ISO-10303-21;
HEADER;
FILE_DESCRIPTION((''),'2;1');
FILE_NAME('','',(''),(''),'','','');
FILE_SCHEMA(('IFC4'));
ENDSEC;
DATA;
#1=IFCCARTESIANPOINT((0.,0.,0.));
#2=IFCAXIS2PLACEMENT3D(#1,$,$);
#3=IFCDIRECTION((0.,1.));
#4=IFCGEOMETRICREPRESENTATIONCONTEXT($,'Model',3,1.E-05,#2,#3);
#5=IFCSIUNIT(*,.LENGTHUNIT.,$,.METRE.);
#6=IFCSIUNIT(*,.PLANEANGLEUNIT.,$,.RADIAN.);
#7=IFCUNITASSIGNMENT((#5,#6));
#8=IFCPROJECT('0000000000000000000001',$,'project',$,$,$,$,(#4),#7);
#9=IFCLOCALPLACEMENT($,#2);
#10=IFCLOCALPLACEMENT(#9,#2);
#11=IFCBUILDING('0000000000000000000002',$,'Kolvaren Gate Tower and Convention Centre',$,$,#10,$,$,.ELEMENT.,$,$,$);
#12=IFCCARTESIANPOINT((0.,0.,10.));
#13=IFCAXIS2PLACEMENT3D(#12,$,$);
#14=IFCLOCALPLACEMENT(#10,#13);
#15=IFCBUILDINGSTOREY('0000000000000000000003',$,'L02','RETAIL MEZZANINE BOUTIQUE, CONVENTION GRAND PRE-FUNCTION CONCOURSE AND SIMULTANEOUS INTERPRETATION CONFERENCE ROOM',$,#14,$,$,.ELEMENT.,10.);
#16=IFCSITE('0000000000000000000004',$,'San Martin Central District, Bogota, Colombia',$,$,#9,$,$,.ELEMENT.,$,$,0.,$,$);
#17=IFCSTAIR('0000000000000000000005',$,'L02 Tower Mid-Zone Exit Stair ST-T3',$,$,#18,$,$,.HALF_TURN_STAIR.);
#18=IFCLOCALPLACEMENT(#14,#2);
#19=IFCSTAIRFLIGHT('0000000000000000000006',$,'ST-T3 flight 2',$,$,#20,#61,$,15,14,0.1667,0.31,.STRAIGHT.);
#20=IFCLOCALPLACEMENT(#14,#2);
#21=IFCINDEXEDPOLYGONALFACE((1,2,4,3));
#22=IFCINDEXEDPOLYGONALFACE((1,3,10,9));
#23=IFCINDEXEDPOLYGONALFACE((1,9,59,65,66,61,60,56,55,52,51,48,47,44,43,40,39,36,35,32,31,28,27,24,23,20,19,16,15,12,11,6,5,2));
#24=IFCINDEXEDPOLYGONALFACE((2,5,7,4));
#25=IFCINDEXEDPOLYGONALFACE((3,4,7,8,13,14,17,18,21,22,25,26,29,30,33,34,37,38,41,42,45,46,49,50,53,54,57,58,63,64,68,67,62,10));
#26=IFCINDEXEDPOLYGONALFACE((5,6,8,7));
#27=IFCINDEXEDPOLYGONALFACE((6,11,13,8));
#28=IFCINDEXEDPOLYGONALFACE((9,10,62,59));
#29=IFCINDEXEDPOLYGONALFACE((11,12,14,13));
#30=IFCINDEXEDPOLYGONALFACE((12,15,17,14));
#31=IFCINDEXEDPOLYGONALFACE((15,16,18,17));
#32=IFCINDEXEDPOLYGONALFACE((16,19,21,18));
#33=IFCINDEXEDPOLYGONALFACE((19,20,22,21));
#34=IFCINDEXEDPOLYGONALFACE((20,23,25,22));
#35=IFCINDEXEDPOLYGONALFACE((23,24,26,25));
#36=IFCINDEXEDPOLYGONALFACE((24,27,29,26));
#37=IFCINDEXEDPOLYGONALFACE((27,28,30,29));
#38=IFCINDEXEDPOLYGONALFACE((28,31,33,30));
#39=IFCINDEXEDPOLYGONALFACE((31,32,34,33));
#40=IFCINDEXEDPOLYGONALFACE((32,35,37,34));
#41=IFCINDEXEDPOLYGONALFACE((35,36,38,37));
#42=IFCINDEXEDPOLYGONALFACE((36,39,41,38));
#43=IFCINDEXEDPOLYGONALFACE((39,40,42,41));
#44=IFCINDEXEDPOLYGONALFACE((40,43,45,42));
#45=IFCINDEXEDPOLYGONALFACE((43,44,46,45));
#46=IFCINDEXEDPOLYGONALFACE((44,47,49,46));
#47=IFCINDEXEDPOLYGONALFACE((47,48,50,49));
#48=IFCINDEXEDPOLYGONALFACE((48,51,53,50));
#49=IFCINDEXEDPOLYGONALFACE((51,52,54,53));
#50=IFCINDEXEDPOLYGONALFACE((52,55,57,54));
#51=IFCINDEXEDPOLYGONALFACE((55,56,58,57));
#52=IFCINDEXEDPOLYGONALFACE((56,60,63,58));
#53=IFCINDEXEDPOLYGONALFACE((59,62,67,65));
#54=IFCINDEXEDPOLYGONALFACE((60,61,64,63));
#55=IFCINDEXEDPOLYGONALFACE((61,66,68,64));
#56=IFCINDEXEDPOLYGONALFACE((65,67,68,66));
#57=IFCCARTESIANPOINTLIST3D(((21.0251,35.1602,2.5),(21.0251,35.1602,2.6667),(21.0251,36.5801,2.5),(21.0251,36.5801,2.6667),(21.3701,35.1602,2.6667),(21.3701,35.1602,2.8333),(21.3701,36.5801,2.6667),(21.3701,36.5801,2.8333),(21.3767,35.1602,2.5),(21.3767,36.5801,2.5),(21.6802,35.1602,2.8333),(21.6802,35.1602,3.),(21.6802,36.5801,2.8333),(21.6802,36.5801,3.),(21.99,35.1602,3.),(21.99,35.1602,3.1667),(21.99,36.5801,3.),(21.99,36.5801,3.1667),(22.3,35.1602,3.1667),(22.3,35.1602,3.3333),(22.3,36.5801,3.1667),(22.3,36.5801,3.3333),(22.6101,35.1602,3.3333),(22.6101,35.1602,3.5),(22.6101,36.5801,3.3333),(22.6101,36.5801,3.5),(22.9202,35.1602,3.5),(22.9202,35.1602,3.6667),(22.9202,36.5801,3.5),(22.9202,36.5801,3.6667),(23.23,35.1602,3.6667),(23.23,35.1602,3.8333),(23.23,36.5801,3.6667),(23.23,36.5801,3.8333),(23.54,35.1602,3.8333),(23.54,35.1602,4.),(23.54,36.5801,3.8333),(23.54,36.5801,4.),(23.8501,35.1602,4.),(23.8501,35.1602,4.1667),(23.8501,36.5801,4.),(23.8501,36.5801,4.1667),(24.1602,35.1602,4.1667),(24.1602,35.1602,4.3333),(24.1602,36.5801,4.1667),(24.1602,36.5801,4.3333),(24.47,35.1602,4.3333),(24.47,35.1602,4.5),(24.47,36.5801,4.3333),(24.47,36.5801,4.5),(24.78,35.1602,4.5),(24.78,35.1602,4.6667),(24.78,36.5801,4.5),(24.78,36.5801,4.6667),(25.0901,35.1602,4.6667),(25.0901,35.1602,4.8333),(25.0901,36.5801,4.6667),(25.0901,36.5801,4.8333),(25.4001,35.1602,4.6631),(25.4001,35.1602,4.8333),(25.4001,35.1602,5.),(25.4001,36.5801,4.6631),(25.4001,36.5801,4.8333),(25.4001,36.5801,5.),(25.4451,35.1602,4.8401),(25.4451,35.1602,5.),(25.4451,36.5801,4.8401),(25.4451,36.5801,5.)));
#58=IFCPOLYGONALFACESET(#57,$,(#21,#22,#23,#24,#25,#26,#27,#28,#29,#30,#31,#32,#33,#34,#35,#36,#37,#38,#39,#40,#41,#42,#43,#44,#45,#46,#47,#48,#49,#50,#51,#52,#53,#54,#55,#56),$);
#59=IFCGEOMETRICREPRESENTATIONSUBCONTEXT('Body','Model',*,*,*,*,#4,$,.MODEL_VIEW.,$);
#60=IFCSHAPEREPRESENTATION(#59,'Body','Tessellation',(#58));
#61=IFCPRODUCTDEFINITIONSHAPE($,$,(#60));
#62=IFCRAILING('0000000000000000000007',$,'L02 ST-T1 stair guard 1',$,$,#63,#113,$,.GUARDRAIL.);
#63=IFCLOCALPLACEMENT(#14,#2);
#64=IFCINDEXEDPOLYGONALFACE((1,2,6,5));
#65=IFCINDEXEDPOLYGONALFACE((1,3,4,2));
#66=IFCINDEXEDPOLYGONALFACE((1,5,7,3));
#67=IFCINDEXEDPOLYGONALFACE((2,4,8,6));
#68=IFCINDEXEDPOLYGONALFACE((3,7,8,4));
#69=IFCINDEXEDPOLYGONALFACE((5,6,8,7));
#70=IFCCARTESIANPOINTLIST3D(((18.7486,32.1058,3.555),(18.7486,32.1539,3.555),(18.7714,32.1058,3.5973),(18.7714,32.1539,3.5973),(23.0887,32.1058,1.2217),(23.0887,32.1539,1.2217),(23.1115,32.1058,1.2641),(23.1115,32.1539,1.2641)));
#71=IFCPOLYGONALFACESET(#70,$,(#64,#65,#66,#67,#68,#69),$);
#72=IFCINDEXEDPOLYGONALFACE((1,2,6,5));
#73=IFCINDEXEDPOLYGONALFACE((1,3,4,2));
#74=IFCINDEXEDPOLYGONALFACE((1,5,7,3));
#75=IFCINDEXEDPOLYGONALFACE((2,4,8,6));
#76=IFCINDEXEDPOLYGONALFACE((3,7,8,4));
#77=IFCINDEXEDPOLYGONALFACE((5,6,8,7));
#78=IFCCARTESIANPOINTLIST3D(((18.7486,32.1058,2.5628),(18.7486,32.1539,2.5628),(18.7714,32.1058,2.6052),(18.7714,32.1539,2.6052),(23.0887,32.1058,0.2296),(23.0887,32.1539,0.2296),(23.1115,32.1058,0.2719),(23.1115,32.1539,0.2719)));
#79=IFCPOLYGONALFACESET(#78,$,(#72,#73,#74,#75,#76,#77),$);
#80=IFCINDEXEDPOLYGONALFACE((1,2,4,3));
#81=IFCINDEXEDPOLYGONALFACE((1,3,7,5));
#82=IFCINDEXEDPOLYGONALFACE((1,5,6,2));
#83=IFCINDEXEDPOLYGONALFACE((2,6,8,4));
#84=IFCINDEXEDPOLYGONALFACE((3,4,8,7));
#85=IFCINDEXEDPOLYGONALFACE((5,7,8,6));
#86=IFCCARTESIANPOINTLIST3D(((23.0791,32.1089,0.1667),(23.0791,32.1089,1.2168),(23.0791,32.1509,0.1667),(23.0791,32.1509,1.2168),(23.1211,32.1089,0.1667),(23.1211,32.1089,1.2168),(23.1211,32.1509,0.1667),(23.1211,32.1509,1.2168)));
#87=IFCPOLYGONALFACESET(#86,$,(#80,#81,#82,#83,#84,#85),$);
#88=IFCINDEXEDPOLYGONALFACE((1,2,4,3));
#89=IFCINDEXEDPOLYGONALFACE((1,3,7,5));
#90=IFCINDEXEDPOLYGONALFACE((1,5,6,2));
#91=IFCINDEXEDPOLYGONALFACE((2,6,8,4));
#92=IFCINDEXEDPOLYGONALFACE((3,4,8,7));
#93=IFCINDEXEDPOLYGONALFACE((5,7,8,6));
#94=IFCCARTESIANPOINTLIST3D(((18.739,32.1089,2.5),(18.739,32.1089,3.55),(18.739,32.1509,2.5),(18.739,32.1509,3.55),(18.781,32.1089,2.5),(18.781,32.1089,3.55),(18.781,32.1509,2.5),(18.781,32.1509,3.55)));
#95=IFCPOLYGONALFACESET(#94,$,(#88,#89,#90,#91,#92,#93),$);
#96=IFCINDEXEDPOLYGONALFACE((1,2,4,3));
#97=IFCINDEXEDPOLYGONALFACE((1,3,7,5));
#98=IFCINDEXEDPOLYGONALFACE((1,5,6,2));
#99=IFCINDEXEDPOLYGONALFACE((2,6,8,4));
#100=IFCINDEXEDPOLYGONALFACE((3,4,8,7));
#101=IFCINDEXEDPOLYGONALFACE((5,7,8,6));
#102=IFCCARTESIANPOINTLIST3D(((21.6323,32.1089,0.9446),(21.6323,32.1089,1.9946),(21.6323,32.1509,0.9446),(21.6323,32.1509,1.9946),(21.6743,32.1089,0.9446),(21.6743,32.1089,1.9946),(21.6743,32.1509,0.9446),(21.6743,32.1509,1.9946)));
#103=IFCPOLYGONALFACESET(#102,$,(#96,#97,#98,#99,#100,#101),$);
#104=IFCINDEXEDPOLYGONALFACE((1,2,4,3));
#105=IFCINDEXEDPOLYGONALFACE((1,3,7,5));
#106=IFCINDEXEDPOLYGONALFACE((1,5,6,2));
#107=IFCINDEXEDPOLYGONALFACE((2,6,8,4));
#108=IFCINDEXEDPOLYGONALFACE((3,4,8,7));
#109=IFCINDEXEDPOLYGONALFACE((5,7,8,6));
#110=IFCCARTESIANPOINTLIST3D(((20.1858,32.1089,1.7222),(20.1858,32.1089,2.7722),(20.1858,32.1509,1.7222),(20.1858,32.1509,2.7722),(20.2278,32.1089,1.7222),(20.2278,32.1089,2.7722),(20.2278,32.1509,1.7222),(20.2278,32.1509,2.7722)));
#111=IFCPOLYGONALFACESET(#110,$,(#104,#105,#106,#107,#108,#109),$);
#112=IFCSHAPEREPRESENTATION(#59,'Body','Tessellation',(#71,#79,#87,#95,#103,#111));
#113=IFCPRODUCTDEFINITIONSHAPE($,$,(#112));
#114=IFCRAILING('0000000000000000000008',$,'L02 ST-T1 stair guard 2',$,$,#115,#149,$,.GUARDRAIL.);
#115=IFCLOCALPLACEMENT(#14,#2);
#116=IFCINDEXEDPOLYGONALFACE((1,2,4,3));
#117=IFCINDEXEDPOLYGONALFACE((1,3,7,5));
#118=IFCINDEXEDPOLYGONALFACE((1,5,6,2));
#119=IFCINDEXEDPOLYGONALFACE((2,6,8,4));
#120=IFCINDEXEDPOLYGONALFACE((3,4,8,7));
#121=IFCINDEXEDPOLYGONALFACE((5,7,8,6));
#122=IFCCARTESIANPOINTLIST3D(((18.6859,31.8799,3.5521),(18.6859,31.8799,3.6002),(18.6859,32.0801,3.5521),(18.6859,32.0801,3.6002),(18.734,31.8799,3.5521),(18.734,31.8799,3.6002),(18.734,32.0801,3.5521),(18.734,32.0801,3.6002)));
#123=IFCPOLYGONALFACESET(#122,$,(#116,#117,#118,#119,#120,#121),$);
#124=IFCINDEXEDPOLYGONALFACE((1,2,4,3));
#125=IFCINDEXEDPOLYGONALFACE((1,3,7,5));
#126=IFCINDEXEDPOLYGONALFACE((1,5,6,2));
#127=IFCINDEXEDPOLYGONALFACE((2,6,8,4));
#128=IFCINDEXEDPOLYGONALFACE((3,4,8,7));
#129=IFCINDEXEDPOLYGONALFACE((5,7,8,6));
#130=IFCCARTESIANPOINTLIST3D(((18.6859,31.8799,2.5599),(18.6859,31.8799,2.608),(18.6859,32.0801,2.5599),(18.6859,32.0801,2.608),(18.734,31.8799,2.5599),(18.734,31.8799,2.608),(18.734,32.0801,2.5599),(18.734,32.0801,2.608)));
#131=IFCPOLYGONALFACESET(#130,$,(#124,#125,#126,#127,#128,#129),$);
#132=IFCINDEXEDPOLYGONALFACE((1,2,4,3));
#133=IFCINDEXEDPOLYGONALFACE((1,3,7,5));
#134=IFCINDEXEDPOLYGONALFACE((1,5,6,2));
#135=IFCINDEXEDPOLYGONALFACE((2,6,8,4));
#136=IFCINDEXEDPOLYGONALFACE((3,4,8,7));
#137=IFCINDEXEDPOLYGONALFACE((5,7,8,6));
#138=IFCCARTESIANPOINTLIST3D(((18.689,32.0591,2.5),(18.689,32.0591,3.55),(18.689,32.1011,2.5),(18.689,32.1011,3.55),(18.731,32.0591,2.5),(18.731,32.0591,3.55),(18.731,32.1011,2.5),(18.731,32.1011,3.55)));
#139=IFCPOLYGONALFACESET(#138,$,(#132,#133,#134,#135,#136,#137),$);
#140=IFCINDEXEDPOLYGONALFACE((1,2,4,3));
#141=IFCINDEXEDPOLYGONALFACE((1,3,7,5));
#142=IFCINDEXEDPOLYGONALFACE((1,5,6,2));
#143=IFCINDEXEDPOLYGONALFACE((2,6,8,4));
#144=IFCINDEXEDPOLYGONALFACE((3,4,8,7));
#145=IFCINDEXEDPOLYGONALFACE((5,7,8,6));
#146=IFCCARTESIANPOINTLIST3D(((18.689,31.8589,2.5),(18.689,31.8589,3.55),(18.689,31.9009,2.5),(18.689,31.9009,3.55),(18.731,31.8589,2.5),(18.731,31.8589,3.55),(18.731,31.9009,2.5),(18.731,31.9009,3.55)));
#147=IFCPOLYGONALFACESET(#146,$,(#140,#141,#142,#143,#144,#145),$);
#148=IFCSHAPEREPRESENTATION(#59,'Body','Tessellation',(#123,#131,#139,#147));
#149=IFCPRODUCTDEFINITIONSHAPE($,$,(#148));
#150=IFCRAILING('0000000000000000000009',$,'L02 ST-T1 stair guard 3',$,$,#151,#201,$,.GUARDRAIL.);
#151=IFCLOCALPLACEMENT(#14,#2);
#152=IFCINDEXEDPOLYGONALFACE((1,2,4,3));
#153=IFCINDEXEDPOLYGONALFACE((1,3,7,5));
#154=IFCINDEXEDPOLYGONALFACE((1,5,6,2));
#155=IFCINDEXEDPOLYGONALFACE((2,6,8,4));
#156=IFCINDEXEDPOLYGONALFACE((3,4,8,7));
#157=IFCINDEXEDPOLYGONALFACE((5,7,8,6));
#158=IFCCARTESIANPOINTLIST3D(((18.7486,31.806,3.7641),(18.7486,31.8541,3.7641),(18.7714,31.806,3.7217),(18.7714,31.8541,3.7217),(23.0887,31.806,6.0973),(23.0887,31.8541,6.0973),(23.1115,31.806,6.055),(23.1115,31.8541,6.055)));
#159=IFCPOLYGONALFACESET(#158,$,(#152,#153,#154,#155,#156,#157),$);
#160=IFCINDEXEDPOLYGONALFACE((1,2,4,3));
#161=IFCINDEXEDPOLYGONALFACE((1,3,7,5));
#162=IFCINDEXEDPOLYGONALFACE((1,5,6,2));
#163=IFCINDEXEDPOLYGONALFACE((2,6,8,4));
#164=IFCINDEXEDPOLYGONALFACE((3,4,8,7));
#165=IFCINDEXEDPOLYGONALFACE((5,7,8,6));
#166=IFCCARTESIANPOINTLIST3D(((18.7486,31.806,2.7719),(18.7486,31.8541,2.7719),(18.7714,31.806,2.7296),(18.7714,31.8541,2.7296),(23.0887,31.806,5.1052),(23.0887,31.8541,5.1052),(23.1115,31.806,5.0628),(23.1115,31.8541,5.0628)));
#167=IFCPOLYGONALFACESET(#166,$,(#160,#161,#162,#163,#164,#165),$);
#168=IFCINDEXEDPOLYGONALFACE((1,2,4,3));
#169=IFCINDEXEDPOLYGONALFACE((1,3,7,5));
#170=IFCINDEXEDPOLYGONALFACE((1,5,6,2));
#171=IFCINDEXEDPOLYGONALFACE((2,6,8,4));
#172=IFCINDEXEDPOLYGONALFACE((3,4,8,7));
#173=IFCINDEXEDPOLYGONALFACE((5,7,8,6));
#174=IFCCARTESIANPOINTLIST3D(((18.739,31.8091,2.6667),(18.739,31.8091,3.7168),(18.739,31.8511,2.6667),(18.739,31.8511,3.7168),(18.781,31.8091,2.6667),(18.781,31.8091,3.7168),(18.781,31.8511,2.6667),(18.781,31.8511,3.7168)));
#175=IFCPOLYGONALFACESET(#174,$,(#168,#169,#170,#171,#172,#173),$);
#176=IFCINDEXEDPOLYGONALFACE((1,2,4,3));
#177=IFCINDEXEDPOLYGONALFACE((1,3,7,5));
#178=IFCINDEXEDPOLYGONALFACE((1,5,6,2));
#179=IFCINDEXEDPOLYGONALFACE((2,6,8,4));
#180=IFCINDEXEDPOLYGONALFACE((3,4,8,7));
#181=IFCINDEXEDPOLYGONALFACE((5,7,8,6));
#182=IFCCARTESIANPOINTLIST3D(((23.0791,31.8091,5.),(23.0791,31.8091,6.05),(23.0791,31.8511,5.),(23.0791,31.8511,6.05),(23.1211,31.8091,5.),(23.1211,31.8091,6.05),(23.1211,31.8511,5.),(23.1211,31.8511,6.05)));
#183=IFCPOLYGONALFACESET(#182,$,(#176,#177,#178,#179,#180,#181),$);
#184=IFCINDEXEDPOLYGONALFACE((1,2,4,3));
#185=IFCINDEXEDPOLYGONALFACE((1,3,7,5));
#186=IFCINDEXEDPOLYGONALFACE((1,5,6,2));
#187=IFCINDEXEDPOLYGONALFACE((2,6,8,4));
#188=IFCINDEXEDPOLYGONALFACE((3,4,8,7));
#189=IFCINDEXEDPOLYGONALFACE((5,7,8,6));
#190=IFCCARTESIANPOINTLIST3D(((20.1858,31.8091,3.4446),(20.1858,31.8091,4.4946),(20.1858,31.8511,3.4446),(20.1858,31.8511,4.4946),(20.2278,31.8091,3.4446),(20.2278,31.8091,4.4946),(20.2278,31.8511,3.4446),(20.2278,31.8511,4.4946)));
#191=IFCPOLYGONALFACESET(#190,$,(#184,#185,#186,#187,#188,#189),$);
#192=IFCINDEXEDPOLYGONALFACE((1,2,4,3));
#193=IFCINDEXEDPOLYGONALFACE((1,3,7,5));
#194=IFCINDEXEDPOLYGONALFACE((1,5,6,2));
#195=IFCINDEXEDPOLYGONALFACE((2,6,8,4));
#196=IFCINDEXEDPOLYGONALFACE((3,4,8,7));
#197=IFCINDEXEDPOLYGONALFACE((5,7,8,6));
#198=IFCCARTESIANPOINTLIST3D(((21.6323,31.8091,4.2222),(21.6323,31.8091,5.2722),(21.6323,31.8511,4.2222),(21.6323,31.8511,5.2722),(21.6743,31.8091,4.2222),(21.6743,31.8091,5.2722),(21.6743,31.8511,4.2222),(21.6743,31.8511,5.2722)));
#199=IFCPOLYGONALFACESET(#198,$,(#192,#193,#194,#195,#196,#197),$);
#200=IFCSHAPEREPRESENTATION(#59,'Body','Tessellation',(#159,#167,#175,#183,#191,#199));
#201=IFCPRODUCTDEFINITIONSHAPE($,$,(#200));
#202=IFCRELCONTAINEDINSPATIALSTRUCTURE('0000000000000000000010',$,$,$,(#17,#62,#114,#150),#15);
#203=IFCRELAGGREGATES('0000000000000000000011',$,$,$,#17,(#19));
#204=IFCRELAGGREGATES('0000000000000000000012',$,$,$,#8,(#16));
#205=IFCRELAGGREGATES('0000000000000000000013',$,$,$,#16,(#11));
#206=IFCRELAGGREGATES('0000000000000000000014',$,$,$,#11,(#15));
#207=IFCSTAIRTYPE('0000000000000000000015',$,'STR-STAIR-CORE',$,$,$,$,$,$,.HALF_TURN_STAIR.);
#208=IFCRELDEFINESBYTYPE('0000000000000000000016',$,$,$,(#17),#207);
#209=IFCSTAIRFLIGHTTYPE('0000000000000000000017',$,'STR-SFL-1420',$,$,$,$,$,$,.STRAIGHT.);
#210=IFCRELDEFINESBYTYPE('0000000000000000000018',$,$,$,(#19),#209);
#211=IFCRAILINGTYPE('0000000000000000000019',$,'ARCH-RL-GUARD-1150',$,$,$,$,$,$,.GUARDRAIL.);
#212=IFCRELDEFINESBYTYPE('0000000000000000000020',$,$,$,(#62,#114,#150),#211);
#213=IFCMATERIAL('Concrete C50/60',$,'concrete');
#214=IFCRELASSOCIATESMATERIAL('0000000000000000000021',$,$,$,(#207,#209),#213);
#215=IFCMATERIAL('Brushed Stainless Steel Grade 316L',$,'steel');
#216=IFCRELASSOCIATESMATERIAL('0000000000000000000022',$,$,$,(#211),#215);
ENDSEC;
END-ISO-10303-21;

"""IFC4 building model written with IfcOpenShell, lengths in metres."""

from ifc_helpers import new_model, si_unit, direction, frame, origin, origin_2d, place, context, subcontext, project, spatial, polyline, rectangle, outline, extrude, material, type_object, element, aggregate, save


model = new_model("IFC4")

# Units and contexts
model_context = context("Model", 3, precision=1e-05, world=origin(), true_north=direction((0.0, 1.0)))
body_context = subcontext(model_context, "Body", "Model", "MODEL_VIEW")
ifc_project = project(units=[si_unit("LENGTHUNIT", "METRE"), si_unit("PLANEANGLEUNIT", "RADIAN")], contexts=[model_context])

# Site, building, storey
site_placement = place(None, origin())
site = spatial("IfcSite", under=ifc_project, at=site_placement, Name="San Martin Central District, Bogota, Colombia", CompositionType="ELEMENT", RefElevation=0.0)
building_placement = place(site_placement, origin())
building = spatial("IfcBuilding", under=site, at=building_placement, Name="Kolvaren Gate Tower and Convention Centre", CompositionType="ELEMENT")
storey_placement = place(building_placement, frame((0.0, 0.0, 10.0)))
storey = spatial("IfcBuildingStorey", under=building, at=storey_placement, Name="L02", Description="RETAIL MEZZANINE BOUTIQUE, CONVENTION GRAND PRE-FUNCTION CONCOURSE AND SIMULTANEOUS INTERPRETATION CONFERENCE ROOM", CompositionType="ELEMENT", Elevation=10.0)

# Shared definitions
ifc_material_1 = material(Name="Brushed Stainless Steel Grade 316L", Category="steel")

# Shared definitions
ifc_material_2 = material(Name="Concrete C50/60", Category="concrete")

# Shared definitions
stair_type = type_object("IfcStairType", Name="STR-STAIR-CORE", PredefinedType="HALF_TURN_STAIR", material=ifc_material_2)
stair_flight_type = type_object("IfcStairFlightType", Name="STR-SFL-1420", PredefinedType="STRAIGHT", material=ifc_material_2)

# Stair, stair flight
stair_1_placement = place(storey_placement, origin())
stair_1 = element("IfcStair", 1, at=stair_1_placement, inside=storey, type_object=stair_type, Name="L02 Tower Mid-Zone Exit Stair ST-T3", PredefinedType="HALF_TURN_STAIR")
stair_flight_1_placement = place(storey_placement, frame((21.0601, 35.8701, 2.5), z_axis=(0.0, 0.0, 1.0), x_axis=(1.0, 0.0, 0.0)))
stair_flight_1 = element("IfcStairFlight", 2, at=stair_flight_1_placement, type_object=stair_flight_type, Name="ST-T3 flight 2", NumberOfRisers=15, NumberOfTreads=14, PredefinedType="STRAIGHT", RiserHeight=0.1667, TreadLength=0.31, context=body_context, shape_type="SweptSolid", body=[
    extrude(outline(polyline([(-0.0349, 0.0), (-0.0349, 0.1667), (0.3101, 0.1667), (0.3101, 0.3333), (0.6201, 0.3333), (0.6201, 0.5), (0.9299, 0.5), (0.9299, 0.6667), (1.24, 0.6667), (1.24, 0.8333), (1.55, 0.8333), (1.55, 1.0), (1.8601, 1.0), (1.8601, 1.1667), (2.1699, 1.1667), (2.1699, 1.3333), (2.48, 1.3333), (2.48, 1.5), (2.79, 1.5), (2.79, 1.6667), (3.1001, 1.6667), (3.1001, 1.8333), (3.4099, 1.8333), (3.4099, 2.0), (3.72, 2.0), (3.72, 2.1667), (4.03, 2.1667), (4.03, 2.3333), (4.3401, 2.3333), (4.3401, 2.5), (4.385, 2.5), (4.385, 2.3401), (4.3401, 2.1631), (0.3167, 0.0), (-0.0349, 0.0)])), frame((0.0, 0.71, 0.0), z_axis=(0.0, -1.0, 0.0), x_axis=(1.0, 0.0, 0.0)), (0.0, 0.0, 1.0), 1.4199),
])
aggregate(stair_1, [stair_flight_1])

# Railings
railing_type_1 = type_object("IfcRailingType", Name="ARCH-RL-GUARD-1150", PredefinedType="GUARDRAIL", material=ifc_material_1)
railing_1_placement = place(storey_placement, frame((23.1001, 32.1299, 0.1667)))
element("IfcRailing", 3, at=railing_1_placement, inside=storey, type_object=railing_type_1, Name="L02 ST-T1 stair guard 1", PredefinedType="GUARDRAIL", context=body_context, shape_type="SweptSolid", body=[
    extrude(rectangle(XDim=0.0481, YDim=0.0481, at=origin_2d()), frame((0.0, 0.0, 1.0762), z_axis=(-0.880786, 0.0, 0.473515), x_axis=(0.0, -1.0, 0.0)), (0.0, 0.0, 1.0), 4.9275),
    extrude(rectangle(XDim=0.0481, YDim=0.0481, at=origin_2d()), frame((0.0, 0.0, 0.084), z_axis=(-0.880786, 0.0, 0.473515), x_axis=(0.0, -1.0, 0.0)), (0.0, 0.0, 1.0), 4.9275),
    extrude(rectangle(XDim=0.042, YDim=0.042, at=origin_2d()), origin(), (0.0, 0.0, 1.0), 1.05),
    extrude(rectangle(XDim=0.042, YDim=0.042, at=origin_2d()), frame((-4.3401, 0.0, 2.3333)), (0.0, 0.0, 1.0), 1.05),
    extrude(rectangle(XDim=0.042, YDim=0.042, at=origin_2d()), frame((-1.4468, 0.0, 0.7778)), (0.0, 0.0, 1.0), 1.05),
    extrude(rectangle(XDim=0.042, YDim=0.042, at=origin_2d()), frame((-2.8933, 0.0, 1.5554)), (0.0, 0.0, 1.0), 1.05),
])
railing_2_placement = place(storey_placement, frame((18.71, 32.0801, 2.5)))
element("IfcRailing", 4, at=railing_2_placement, inside=storey, type_object=railing_type_1, Name="L02 ST-T1 stair guard 2", PredefinedType="GUARDRAIL", context=body_context, shape_type="SweptSolid", body=[
    extrude(rectangle(XDim=0.0481, YDim=0.0481, at=origin_2d()), frame((0.0, 0.0, 1.0762), z_axis=(0.0, -1.0, 0.0), x_axis=(1.0, 0.0, 0.0)), (0.0, 0.0, 1.0), 0.2002),
    extrude(rectangle(XDim=0.0481, YDim=0.0481, at=origin_2d()), frame((0.0, 0.0, 0.084), z_axis=(0.0, -1.0, 0.0), x_axis=(1.0, 0.0, 0.0)), (0.0, 0.0, 1.0), 0.2002),
    extrude(rectangle(XDim=0.042, YDim=0.042, at=origin_2d()), origin(), (0.0, 0.0, 1.0), 1.05),
    extrude(rectangle(XDim=0.042, YDim=0.042, at=origin_2d()), frame((0.0, -0.2002, 0.0)), (0.0, 0.0, 1.0), 1.05),
])
railing_3_placement = place(storey_placement, frame((18.76, 31.8301, 2.6667)))
element("IfcRailing", 5, at=railing_3_placement, inside=storey, type_object=railing_type_1, Name="L02 ST-T1 stair guard 3", PredefinedType="GUARDRAIL", context=body_context, shape_type="SweptSolid", body=[
    extrude(rectangle(XDim=0.0481, YDim=0.0481, at=origin_2d()), frame((0.0, 0.0, 1.0762), z_axis=(0.880786, 0.0, 0.473515), x_axis=(0.0, 1.0, 0.0)), (0.0, 0.0, 1.0), 4.9275),
    extrude(rectangle(XDim=0.0481, YDim=0.0481, at=origin_2d()), frame((0.0, 0.0, 0.084), z_axis=(0.880786, 0.0, 0.473515), x_axis=(0.0, 1.0, 0.0)), (0.0, 0.0, 1.0), 4.9275),
    extrude(rectangle(XDim=0.042, YDim=0.042, at=origin_2d()), origin(), (0.0, 0.0, 1.0), 1.05),
    extrude(rectangle(XDim=0.042, YDim=0.042, at=origin_2d()), frame((4.3401, 0.0, 2.3333)), (0.0, 0.0, 1.0), 1.05),
    extrude(rectangle(XDim=0.042, YDim=0.042, at=origin_2d()), frame((1.4468, 0.0, 0.7778)), (0.0, 0.0, 1.0), 1.05),
    extrude(rectangle(XDim=0.042, YDim=0.042, at=origin_2d()), frame((2.8933, 0.0, 1.5554)), (0.0, 0.0, 1.0), 1.05),
])

save(model, "model.ifc")
